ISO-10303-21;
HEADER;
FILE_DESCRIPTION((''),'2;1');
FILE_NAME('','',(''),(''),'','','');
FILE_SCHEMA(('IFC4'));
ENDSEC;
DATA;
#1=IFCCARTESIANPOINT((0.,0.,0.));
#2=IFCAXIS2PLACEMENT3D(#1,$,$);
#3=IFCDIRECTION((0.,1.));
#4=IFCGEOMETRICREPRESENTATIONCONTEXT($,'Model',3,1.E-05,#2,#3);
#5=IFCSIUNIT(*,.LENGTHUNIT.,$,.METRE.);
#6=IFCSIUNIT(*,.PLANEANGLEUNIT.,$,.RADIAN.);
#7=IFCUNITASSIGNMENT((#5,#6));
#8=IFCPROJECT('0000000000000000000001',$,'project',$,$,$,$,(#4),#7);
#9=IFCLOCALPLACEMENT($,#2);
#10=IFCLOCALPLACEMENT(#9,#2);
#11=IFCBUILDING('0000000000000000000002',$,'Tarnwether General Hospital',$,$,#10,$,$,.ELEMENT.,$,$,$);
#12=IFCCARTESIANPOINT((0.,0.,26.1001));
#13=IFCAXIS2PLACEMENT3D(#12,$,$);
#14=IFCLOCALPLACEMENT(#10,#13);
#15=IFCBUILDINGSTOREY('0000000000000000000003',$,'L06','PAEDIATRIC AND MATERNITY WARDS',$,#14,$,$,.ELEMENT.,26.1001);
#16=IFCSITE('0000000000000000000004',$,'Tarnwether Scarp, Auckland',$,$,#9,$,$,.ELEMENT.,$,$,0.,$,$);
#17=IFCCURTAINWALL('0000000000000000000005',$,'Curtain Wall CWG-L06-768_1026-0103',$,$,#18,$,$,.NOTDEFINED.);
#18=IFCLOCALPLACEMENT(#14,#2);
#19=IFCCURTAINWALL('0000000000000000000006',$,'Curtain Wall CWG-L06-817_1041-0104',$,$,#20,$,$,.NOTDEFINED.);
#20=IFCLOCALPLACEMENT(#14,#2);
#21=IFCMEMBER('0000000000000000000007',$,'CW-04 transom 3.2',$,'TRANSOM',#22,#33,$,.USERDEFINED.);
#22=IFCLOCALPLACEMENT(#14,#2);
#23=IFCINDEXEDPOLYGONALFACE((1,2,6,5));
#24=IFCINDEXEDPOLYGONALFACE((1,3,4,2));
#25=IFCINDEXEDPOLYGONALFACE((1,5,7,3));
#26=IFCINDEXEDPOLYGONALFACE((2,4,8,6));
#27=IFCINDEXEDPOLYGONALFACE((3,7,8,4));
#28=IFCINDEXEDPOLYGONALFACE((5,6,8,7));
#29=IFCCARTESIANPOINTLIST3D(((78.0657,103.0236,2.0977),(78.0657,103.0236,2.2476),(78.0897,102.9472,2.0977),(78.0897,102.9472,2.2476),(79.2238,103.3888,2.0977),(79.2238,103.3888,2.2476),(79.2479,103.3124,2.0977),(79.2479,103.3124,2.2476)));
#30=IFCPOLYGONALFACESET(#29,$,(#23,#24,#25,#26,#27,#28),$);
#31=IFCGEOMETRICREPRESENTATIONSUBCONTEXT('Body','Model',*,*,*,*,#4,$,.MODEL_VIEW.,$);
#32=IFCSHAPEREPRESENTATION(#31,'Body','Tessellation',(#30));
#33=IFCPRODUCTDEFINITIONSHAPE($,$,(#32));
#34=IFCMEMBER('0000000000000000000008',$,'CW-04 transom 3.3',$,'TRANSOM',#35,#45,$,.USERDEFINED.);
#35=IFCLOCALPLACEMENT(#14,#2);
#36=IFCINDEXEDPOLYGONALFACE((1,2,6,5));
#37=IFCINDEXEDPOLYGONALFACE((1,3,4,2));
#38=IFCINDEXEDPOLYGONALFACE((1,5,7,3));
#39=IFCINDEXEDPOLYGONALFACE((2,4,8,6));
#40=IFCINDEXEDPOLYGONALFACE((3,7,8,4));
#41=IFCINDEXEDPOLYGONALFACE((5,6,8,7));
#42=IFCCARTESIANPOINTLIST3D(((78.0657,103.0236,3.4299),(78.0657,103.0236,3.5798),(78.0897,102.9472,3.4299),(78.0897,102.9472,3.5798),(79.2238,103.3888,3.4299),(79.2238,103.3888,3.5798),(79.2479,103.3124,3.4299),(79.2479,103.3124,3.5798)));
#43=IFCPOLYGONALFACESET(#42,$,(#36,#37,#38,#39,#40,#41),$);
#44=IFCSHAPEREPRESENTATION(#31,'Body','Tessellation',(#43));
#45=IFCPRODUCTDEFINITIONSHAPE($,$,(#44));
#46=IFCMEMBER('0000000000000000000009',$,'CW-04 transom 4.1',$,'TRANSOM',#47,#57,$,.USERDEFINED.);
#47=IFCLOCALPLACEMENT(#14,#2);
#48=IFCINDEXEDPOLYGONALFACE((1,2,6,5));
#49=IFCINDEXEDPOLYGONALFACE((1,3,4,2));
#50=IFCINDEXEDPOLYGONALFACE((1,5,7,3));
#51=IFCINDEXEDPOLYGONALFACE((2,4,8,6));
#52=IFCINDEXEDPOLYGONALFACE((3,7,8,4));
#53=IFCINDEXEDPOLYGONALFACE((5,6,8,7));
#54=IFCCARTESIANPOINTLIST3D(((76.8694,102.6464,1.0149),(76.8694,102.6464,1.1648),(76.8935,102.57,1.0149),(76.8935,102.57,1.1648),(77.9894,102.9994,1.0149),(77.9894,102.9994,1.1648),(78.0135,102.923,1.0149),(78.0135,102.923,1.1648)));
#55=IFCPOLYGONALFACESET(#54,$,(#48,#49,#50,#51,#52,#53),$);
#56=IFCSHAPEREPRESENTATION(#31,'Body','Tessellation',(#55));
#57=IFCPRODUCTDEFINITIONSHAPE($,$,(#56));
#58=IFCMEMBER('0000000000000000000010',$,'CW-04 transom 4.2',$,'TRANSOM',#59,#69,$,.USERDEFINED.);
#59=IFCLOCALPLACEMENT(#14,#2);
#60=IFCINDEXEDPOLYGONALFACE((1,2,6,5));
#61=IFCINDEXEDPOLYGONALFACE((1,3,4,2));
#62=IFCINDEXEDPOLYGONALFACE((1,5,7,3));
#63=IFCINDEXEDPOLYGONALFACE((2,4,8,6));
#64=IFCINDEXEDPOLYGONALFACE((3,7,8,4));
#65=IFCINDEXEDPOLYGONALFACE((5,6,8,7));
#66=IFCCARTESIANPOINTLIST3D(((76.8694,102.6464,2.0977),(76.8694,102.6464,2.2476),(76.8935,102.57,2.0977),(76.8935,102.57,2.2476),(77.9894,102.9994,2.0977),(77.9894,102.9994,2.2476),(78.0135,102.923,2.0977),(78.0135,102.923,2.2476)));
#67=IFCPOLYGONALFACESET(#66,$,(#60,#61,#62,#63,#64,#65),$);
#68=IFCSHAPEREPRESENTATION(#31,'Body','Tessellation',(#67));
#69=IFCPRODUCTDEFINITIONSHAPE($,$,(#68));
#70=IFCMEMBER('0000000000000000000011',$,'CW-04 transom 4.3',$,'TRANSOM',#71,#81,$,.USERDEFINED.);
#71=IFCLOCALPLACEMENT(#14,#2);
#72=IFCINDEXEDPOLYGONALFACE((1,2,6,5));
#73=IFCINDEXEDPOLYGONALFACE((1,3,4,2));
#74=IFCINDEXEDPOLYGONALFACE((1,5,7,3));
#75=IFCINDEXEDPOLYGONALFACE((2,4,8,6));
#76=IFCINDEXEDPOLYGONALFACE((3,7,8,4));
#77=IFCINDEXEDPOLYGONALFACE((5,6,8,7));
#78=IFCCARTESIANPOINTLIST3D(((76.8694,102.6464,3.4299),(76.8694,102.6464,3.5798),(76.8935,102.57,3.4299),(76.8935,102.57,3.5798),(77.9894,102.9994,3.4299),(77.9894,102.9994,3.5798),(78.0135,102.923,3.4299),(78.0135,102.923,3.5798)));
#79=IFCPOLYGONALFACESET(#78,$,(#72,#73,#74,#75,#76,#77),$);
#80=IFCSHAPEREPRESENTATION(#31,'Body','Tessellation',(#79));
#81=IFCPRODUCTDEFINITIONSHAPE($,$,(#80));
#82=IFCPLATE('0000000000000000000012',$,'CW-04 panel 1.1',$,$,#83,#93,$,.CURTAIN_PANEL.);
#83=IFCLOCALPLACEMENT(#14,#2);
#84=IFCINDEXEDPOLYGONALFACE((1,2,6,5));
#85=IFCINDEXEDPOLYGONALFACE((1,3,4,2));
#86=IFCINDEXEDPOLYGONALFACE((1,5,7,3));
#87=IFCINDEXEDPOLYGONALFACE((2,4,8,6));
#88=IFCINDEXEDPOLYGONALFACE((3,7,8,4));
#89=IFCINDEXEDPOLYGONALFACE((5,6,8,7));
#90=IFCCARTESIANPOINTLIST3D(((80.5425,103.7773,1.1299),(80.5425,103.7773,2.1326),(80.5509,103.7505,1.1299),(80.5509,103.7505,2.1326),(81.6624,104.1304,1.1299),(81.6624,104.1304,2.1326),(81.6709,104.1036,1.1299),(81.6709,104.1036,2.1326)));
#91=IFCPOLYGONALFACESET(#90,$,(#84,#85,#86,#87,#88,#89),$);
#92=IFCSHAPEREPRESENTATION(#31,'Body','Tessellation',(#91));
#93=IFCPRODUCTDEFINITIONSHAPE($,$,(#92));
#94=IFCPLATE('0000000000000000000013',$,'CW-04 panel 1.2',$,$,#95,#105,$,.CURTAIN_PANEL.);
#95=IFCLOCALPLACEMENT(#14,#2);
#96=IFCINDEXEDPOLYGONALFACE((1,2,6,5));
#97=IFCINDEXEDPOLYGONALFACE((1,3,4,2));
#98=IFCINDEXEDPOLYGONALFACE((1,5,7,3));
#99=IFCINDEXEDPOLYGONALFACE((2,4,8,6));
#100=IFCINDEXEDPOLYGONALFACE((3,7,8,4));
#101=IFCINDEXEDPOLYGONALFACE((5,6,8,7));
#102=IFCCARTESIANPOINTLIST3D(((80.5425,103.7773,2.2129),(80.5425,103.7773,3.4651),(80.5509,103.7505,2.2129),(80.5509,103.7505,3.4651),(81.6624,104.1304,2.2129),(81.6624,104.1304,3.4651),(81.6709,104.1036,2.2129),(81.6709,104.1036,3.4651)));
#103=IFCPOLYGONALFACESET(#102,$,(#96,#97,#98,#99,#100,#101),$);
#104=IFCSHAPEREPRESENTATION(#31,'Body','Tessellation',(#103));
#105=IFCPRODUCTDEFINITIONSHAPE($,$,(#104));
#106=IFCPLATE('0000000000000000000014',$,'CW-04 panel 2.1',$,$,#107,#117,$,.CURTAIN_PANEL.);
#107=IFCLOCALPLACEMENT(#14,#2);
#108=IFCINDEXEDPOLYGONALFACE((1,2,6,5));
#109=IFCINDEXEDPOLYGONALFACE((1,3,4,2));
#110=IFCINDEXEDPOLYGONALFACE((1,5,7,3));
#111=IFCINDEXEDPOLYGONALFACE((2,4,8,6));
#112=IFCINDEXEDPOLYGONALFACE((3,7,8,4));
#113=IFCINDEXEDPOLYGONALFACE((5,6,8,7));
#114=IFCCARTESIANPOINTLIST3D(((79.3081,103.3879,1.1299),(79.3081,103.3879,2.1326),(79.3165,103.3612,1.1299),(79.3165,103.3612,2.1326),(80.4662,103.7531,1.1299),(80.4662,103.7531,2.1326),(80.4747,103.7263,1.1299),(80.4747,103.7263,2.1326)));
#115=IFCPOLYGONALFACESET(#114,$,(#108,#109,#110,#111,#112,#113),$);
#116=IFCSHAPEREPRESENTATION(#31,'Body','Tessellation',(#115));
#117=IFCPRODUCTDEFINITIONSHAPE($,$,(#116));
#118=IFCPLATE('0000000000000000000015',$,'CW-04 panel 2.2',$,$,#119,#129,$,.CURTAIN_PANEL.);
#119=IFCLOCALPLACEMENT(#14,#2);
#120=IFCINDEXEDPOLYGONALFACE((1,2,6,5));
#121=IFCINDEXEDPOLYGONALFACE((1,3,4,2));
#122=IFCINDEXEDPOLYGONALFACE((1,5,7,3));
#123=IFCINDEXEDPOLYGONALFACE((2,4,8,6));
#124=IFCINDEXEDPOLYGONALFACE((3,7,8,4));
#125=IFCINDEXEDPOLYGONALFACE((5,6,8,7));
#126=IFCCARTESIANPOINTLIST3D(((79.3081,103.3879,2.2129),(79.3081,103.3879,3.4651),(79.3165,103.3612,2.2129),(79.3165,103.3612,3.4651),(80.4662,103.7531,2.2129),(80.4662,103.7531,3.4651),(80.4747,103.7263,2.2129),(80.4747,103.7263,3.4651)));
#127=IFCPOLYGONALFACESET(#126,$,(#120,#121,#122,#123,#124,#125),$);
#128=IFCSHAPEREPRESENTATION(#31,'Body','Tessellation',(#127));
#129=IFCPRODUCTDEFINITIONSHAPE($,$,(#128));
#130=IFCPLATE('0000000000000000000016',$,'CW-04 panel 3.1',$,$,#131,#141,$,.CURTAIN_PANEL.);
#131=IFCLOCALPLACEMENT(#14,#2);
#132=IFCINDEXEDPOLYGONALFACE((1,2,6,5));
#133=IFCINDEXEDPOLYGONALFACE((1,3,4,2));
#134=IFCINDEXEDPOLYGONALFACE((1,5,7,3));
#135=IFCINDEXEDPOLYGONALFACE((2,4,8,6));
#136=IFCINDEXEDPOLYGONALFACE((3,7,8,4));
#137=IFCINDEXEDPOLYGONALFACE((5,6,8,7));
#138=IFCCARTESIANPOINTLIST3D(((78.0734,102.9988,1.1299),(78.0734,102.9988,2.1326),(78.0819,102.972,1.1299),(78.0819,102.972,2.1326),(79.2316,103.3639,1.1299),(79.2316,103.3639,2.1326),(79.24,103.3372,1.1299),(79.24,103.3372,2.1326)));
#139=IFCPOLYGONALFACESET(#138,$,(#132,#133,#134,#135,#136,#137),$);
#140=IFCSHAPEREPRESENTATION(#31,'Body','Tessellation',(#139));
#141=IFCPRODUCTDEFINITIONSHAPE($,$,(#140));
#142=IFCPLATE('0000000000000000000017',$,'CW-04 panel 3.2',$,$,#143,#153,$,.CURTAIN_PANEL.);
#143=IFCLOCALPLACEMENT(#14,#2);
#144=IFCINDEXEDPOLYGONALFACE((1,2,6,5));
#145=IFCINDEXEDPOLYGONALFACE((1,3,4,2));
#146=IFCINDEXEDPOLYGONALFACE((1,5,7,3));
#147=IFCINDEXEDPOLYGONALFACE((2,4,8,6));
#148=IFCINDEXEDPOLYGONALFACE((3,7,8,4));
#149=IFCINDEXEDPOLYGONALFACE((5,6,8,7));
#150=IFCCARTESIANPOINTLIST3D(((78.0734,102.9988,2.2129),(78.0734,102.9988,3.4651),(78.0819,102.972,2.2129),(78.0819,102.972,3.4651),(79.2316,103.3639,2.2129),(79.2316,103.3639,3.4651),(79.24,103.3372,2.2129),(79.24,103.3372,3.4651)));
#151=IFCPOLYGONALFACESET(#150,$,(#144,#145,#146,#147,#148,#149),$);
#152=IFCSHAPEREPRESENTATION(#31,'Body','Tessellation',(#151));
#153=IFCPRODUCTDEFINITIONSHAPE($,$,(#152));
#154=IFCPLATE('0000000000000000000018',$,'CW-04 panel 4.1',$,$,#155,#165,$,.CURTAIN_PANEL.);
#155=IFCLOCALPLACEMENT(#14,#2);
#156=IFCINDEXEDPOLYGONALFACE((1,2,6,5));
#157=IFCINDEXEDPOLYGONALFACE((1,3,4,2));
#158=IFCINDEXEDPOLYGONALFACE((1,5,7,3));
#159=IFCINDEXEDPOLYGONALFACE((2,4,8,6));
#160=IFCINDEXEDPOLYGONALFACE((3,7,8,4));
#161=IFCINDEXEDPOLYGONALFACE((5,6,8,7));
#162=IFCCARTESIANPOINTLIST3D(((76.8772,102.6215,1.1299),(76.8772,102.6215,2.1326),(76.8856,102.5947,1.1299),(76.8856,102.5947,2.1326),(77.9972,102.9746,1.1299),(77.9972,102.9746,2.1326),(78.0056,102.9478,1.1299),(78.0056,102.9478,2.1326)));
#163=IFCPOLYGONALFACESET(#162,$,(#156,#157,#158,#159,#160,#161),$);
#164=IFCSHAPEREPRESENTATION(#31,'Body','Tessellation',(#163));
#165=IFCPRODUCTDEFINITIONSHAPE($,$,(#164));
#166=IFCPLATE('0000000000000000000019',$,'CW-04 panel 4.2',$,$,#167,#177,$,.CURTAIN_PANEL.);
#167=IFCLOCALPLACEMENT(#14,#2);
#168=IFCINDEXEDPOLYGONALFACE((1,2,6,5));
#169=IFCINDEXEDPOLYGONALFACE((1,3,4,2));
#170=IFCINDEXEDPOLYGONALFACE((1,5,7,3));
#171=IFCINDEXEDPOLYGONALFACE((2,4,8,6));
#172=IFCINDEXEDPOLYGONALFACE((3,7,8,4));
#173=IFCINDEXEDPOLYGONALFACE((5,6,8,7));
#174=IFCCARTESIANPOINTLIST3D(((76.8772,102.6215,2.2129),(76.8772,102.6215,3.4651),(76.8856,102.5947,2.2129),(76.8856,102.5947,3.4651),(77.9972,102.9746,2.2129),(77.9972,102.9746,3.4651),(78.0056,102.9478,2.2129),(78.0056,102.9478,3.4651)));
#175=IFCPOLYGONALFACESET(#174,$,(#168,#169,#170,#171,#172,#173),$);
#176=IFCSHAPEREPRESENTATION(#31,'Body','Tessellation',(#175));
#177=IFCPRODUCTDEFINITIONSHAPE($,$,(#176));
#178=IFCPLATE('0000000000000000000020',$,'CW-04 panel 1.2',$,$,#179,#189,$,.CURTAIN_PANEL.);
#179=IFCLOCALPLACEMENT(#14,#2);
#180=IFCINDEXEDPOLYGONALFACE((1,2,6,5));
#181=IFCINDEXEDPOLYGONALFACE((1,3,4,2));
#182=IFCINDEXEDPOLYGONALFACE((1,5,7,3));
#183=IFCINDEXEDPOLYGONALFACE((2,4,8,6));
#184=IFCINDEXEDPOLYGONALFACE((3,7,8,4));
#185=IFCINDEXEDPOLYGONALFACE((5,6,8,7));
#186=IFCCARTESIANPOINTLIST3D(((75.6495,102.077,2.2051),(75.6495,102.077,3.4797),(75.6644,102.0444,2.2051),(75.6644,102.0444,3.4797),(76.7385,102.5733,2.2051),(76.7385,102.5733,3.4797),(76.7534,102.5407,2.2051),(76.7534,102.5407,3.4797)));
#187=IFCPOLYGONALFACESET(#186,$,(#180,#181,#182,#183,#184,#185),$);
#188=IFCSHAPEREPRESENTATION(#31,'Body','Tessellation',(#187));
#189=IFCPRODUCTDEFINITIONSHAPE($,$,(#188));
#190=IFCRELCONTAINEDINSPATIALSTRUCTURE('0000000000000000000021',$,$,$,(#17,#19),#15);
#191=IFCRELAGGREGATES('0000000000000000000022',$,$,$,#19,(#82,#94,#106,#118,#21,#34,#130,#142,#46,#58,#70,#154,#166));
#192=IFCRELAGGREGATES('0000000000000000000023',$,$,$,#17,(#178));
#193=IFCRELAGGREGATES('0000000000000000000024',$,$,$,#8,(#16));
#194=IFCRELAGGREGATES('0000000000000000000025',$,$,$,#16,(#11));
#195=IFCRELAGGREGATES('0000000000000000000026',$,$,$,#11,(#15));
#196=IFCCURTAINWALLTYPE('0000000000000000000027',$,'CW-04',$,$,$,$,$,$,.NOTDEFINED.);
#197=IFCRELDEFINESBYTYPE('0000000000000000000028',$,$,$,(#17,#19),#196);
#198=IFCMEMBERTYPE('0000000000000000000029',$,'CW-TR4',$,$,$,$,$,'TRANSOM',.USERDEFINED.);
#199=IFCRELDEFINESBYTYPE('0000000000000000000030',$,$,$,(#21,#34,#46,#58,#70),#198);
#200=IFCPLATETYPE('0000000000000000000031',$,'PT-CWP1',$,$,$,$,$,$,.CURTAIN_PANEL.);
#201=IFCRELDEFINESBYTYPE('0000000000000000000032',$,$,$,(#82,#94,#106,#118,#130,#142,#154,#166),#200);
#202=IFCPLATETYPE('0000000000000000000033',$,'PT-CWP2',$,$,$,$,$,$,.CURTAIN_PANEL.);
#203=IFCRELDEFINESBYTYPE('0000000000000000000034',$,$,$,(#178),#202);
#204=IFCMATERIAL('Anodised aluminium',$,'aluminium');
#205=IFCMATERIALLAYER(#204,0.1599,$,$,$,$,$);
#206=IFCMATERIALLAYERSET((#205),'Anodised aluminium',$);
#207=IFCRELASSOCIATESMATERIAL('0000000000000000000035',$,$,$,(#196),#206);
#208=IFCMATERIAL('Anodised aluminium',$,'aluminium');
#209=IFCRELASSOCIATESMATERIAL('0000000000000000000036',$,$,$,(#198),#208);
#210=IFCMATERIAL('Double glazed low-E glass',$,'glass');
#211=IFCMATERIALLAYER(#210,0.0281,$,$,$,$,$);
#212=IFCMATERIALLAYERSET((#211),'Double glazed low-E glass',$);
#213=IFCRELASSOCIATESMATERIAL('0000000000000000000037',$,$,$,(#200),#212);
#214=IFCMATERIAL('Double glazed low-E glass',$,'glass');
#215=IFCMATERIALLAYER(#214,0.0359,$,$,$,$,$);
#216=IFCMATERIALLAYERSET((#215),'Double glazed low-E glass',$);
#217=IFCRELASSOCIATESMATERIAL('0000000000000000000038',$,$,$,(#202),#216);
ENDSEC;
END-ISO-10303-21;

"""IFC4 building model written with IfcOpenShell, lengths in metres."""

from ifc_helpers import new_model, si_unit, direction, frame, origin, origin_2d, place, context, subcontext, project, spatial, rectangle, extrude, material, layer, layer_set, material_profile, profile_set, type_object, element, aggregate, save


model = new_model("IFC4")

# Units and contexts
model_context = context("Model", 3, precision=1e-05, world=origin(), true_north=direction((0.0, 1.0)))
body_context = subcontext(model_context, "Body", "Model", "MODEL_VIEW")
ifc_project = project(units=[si_unit("LENGTHUNIT", "METRE"), si_unit("PLANEANGLEUNIT", "RADIAN")], contexts=[model_context])

# Site, building, storey
site_placement = place(None, origin())
site = spatial("IfcSite", under=ifc_project, at=site_placement, Name="Tarnwether Scarp, Auckland", CompositionType="ELEMENT", RefElevation=0.0)
building_placement = place(site_placement, origin())
building = spatial("IfcBuilding", under=site, at=building_placement, Name="Tarnwether General Hospital", CompositionType="ELEMENT")
storey_placement = place(building_placement, frame((0.0, 0.0, 26.1001)))
storey = spatial("IfcBuildingStorey", under=building, at=storey_placement, Name="L06", Description="PAEDIATRIC AND MATERNITY WARDS", CompositionType="ELEMENT", Elevation=26.1001)

# Curtain wall
ifc_material_1 = material(Name="Anodised aluminium", Category="aluminium")
ifc_layer_1 = layer(ifc_material_1, 0.1599)
ifc_layer_set_1 = layer_set([ifc_layer_1], Name="Anodised aluminium")
curtain_wall_type = type_object("IfcCurtainWallType", Name="CW-04", PredefinedType="NOTDEFINED", material=ifc_layer_set_1)
curtain_wall_1_placement = place(storey_placement, origin())
curtain_wall_1 = element("IfcCurtainWall", 1, at=curtain_wall_1_placement, inside=storey, type_object=curtain_wall_type, Name="Curtain Wall CWG-L06-768_1026-0103", PredefinedType="NOTDEFINED")

# Curtain wall
curtain_wall_2_placement = place(storey_placement, origin())
curtain_wall_2 = element("IfcCurtainWall", 2, at=curtain_wall_2_placement, inside=storey, type_object=curtain_wall_type, Name="Curtain Wall CWG-L06-817_1041-0104", PredefinedType="NOTDEFINED")

# Members
ifc_material_2 = material(Name="Anodised aluminium", Category="aluminium")
ifc_material_profile_1 = material_profile(ifc_material_2, rectangle(XDim=0.0801, YDim=0.1499, at=origin_2d()), Name="ALU-TRN-80x150")
ifc_profile_set_1 = profile_set([ifc_material_profile_1], Name="Anodised aluminium")
member_type_1 = type_object("IfcMemberType", Name="CW-TR4", ElementType="TRANSOM", PredefinedType="USERDEFINED", material=ifc_profile_set_1)
member_1_placement = place(storey_placement, frame((79.2358, 103.3506, 2.1726), z_axis=(-0.953704, -0.300746, 0.0), x_axis=(0.300746, -0.953704, 0.0)))
member_1 = element("IfcMember", 3, at=member_1_placement, type_object=member_type_1, Name="CW-04 transom 3.2", ObjectType="TRANSOM", PredefinedType="USERDEFINED", context=body_context, shape_type="SweptSolid", body=[
    extrude(rectangle(XDim=0.0801, YDim=0.1499, at=origin_2d()), origin(), (0.0, 0.0, 1.0), 1.2144),
])
member_2_placement = place(storey_placement, frame((79.2358, 103.3506, 3.5049), z_axis=(-0.953704, -0.300746, 0.0), x_axis=(0.300746, -0.953704, 0.0)))
member_2 = element("IfcMember", 4, at=member_2_placement, type_object=member_type_1, Name="CW-04 transom 3.3", ObjectType="TRANSOM", PredefinedType="USERDEFINED", context=body_context, shape_type="SweptSolid", body=[
    extrude(rectangle(XDim=0.0801, YDim=0.1499, at=origin_2d()), origin(), (0.0, 0.0, 1.0), 1.2144),
])
member_3_placement = place(storey_placement, frame((78.0015, 102.9612, 1.0898), z_axis=(-0.953752, -0.300594, 0.0), x_axis=(0.300594, -0.953752, 0.0)))
member_3 = element("IfcMember", 5, at=member_3_placement, type_object=member_type_1, Name="CW-04 transom 4.1", ObjectType="TRANSOM", PredefinedType="USERDEFINED", context=body_context, shape_type="SweptSolid", body=[
    extrude(rectangle(XDim=0.0801, YDim=0.1499, at=origin_2d()), origin(), (0.0, 0.0, 1.0), 1.1743),
])
member_4_placement = place(storey_placement, frame((78.0015, 102.9612, 2.1726), z_axis=(-0.953752, -0.300594, 0.0), x_axis=(0.300594, -0.953752, 0.0)))
member_4 = element("IfcMember", 6, at=member_4_placement, type_object=member_type_1, Name="CW-04 transom 4.2", ObjectType="TRANSOM", PredefinedType="USERDEFINED", context=body_context, shape_type="SweptSolid", body=[
    extrude(rectangle(XDim=0.0801, YDim=0.1499, at=origin_2d()), origin(), (0.0, 0.0, 1.0), 1.1743),
])
member_5_placement = place(storey_placement, frame((78.0015, 102.9612, 3.5049), z_axis=(-0.953752, -0.300594, 0.0), x_axis=(0.300594, -0.953752, 0.0)))
member_5 = element("IfcMember", 7, at=member_5_placement, type_object=member_type_1, Name="CW-04 transom 4.3", ObjectType="TRANSOM", PredefinedType="USERDEFINED", context=body_context, shape_type="SweptSolid", body=[
    extrude(rectangle(XDim=0.0801, YDim=0.1499, at=origin_2d()), origin(), (0.0, 0.0, 1.0), 1.1743),
])

# Plates
ifc_material_3 = material(Name="Double glazed low-E glass", Category="glass")
ifc_layer_2 = layer(ifc_material_3, 0.0281)
ifc_layer_set_2 = layer_set([ifc_layer_2], Name="Double glazed low-E glass")
plate_type_1 = type_object("IfcPlateType", Name="PT-CWP1", PredefinedType="CURTAIN_PANEL", material=ifc_layer_set_2)
plate_1_placement = place(storey_placement, frame((81.1067, 103.9404, 1.1299), z_axis=(0.0, 0.0, 1.0), x_axis=(-0.953714, -0.300715, 0.0)))
plate_1 = element("IfcPlate", 8, at=plate_1_placement, type_object=plate_type_1, Name="CW-04 panel 1.1", PredefinedType="CURTAIN_PANEL", context=body_context, shape_type="SweptSolid", body=[
    extrude(rectangle(XDim=1.1743, YDim=0.0281, at=origin_2d()), origin(), (0.0, 0.0, 1.0), 1.0027),
])
plate_2_placement = place(storey_placement, frame((81.1067, 103.9404, 2.2129), z_axis=(0.0, 0.0, 1.0), x_axis=(-0.953714, -0.300715, 0.0)))
plate_2 = element("IfcPlate", 9, at=plate_2_placement, type_object=plate_type_1, Name="CW-04 panel 1.2", PredefinedType="CURTAIN_PANEL", context=body_context, shape_type="SweptSolid", body=[
    extrude(rectangle(XDim=1.1743, YDim=0.0281, at=origin_2d()), origin(), (0.0, 0.0, 1.0), 1.2522),
])
plate_3_placement = place(storey_placement, frame((79.8914, 103.5571, 1.1299), z_axis=(0.0, 0.0, 1.0), x_axis=(-0.953714, -0.300715, 0.0)))
plate_3 = element("IfcPlate", 10, at=plate_3_placement, type_object=plate_type_1, Name="CW-04 panel 2.1", PredefinedType="CURTAIN_PANEL", context=body_context, shape_type="SweptSolid", body=[
    extrude(rectangle(XDim=1.2144, YDim=0.0281, at=origin_2d()), origin(), (0.0, 0.0, 1.0), 1.0027),
])
plate_4_placement = place(storey_placement, frame((79.8914, 103.5571, 2.2129), z_axis=(0.0, 0.0, 1.0), x_axis=(-0.953714, -0.300715, 0.0)))
plate_4 = element("IfcPlate", 11, at=plate_4_placement, type_object=plate_type_1, Name="CW-04 panel 2.2", PredefinedType="CURTAIN_PANEL", context=body_context, shape_type="SweptSolid", body=[
    extrude(rectangle(XDim=1.2144, YDim=0.0281, at=origin_2d()), origin(), (0.0, 0.0, 1.0), 1.2522),
])
plate_5_placement = place(storey_placement, frame((78.6567, 103.168, 1.1299), z_axis=(0.0, 0.0, 1.0), x_axis=(-0.953714, -0.300715, 0.0)))
plate_5 = element("IfcPlate", 12, at=plate_5_placement, type_object=plate_type_1, Name="CW-04 panel 3.1", PredefinedType="CURTAIN_PANEL", context=body_context, shape_type="SweptSolid", body=[
    extrude(rectangle(XDim=1.2144, YDim=0.0281, at=origin_2d()), origin(), (0.0, 0.0, 1.0), 1.0027),
])
plate_6_placement = place(storey_placement, frame((78.6567, 103.168, 2.2129), z_axis=(0.0, 0.0, 1.0), x_axis=(-0.953714, -0.300715, 0.0)))
plate_6 = element("IfcPlate", 13, at=plate_6_placement, type_object=plate_type_1, Name="CW-04 panel 3.2", PredefinedType="CURTAIN_PANEL", context=body_context, shape_type="SweptSolid", body=[
    extrude(rectangle(XDim=1.2144, YDim=0.0281, at=origin_2d()), origin(), (0.0, 0.0, 1.0), 1.2522),
])
plate_7_placement = place(storey_placement, frame((77.4414, 102.7847, 1.1299), z_axis=(0.0, 0.0, 1.0), x_axis=(-0.953714, -0.300715, 0.0)))
plate_7 = element("IfcPlate", 14, at=plate_7_placement, type_object=plate_type_1, Name="CW-04 panel 4.1", PredefinedType="CURTAIN_PANEL", context=body_context, shape_type="SweptSolid", body=[
    extrude(rectangle(XDim=1.1743, YDim=0.0281, at=origin_2d()), origin(), (0.0, 0.0, 1.0), 1.0027),
])
plate_8_placement = place(storey_placement, frame((77.4414, 102.7847, 2.2129), z_axis=(0.0, 0.0, 1.0), x_axis=(-0.953714, -0.300715, 0.0)))
plate_8 = element("IfcPlate", 15, at=plate_8_placement, type_object=plate_type_1, Name="CW-04 panel 4.2", PredefinedType="CURTAIN_PANEL", context=body_context, shape_type="SweptSolid", body=[
    extrude(rectangle(XDim=1.1743, YDim=0.0281, at=origin_2d()), origin(), (0.0, 0.0, 1.0), 1.2522),
])
aggregate(curtain_wall_2, [plate_1, plate_2, plate_3, plate_4, member_1, member_2, plate_5, plate_6, member_3, member_4, member_5, plate_7, plate_8])
ifc_material_4 = material(Name="Double glazed low-E glass", Category="glass")
ifc_layer_3 = layer(ifc_material_4, 0.0359)
ifc_layer_set_3 = layer_set([ifc_layer_3], Name="Double glazed low-E glass")
plate_type_2 = type_object("IfcPlateType", Name="PT-CWP2", PredefinedType="CURTAIN_PANEL", material=ifc_layer_set_3)
plate_9_placement = place(storey_placement, frame((76.2014, 102.3088, 2.2051), z_axis=(0.0, 0.0, 1.0), x_axis=(-0.909956, -0.414705, 0.0)))
plate_9 = element("IfcPlate", 16, at=plate_9_placement, type_object=plate_type_2, Name="CW-04 panel 1.2", PredefinedType="CURTAIN_PANEL", context=body_context, shape_type="SweptSolid", body=[
    extrude(rectangle(XDim=1.1968, YDim=0.0359, at=origin_2d()), origin(), (0.0, 0.0, 1.0), 1.2747),
])
aggregate(curtain_wall_1, [plate_9])

save(model, "model.ifc")
